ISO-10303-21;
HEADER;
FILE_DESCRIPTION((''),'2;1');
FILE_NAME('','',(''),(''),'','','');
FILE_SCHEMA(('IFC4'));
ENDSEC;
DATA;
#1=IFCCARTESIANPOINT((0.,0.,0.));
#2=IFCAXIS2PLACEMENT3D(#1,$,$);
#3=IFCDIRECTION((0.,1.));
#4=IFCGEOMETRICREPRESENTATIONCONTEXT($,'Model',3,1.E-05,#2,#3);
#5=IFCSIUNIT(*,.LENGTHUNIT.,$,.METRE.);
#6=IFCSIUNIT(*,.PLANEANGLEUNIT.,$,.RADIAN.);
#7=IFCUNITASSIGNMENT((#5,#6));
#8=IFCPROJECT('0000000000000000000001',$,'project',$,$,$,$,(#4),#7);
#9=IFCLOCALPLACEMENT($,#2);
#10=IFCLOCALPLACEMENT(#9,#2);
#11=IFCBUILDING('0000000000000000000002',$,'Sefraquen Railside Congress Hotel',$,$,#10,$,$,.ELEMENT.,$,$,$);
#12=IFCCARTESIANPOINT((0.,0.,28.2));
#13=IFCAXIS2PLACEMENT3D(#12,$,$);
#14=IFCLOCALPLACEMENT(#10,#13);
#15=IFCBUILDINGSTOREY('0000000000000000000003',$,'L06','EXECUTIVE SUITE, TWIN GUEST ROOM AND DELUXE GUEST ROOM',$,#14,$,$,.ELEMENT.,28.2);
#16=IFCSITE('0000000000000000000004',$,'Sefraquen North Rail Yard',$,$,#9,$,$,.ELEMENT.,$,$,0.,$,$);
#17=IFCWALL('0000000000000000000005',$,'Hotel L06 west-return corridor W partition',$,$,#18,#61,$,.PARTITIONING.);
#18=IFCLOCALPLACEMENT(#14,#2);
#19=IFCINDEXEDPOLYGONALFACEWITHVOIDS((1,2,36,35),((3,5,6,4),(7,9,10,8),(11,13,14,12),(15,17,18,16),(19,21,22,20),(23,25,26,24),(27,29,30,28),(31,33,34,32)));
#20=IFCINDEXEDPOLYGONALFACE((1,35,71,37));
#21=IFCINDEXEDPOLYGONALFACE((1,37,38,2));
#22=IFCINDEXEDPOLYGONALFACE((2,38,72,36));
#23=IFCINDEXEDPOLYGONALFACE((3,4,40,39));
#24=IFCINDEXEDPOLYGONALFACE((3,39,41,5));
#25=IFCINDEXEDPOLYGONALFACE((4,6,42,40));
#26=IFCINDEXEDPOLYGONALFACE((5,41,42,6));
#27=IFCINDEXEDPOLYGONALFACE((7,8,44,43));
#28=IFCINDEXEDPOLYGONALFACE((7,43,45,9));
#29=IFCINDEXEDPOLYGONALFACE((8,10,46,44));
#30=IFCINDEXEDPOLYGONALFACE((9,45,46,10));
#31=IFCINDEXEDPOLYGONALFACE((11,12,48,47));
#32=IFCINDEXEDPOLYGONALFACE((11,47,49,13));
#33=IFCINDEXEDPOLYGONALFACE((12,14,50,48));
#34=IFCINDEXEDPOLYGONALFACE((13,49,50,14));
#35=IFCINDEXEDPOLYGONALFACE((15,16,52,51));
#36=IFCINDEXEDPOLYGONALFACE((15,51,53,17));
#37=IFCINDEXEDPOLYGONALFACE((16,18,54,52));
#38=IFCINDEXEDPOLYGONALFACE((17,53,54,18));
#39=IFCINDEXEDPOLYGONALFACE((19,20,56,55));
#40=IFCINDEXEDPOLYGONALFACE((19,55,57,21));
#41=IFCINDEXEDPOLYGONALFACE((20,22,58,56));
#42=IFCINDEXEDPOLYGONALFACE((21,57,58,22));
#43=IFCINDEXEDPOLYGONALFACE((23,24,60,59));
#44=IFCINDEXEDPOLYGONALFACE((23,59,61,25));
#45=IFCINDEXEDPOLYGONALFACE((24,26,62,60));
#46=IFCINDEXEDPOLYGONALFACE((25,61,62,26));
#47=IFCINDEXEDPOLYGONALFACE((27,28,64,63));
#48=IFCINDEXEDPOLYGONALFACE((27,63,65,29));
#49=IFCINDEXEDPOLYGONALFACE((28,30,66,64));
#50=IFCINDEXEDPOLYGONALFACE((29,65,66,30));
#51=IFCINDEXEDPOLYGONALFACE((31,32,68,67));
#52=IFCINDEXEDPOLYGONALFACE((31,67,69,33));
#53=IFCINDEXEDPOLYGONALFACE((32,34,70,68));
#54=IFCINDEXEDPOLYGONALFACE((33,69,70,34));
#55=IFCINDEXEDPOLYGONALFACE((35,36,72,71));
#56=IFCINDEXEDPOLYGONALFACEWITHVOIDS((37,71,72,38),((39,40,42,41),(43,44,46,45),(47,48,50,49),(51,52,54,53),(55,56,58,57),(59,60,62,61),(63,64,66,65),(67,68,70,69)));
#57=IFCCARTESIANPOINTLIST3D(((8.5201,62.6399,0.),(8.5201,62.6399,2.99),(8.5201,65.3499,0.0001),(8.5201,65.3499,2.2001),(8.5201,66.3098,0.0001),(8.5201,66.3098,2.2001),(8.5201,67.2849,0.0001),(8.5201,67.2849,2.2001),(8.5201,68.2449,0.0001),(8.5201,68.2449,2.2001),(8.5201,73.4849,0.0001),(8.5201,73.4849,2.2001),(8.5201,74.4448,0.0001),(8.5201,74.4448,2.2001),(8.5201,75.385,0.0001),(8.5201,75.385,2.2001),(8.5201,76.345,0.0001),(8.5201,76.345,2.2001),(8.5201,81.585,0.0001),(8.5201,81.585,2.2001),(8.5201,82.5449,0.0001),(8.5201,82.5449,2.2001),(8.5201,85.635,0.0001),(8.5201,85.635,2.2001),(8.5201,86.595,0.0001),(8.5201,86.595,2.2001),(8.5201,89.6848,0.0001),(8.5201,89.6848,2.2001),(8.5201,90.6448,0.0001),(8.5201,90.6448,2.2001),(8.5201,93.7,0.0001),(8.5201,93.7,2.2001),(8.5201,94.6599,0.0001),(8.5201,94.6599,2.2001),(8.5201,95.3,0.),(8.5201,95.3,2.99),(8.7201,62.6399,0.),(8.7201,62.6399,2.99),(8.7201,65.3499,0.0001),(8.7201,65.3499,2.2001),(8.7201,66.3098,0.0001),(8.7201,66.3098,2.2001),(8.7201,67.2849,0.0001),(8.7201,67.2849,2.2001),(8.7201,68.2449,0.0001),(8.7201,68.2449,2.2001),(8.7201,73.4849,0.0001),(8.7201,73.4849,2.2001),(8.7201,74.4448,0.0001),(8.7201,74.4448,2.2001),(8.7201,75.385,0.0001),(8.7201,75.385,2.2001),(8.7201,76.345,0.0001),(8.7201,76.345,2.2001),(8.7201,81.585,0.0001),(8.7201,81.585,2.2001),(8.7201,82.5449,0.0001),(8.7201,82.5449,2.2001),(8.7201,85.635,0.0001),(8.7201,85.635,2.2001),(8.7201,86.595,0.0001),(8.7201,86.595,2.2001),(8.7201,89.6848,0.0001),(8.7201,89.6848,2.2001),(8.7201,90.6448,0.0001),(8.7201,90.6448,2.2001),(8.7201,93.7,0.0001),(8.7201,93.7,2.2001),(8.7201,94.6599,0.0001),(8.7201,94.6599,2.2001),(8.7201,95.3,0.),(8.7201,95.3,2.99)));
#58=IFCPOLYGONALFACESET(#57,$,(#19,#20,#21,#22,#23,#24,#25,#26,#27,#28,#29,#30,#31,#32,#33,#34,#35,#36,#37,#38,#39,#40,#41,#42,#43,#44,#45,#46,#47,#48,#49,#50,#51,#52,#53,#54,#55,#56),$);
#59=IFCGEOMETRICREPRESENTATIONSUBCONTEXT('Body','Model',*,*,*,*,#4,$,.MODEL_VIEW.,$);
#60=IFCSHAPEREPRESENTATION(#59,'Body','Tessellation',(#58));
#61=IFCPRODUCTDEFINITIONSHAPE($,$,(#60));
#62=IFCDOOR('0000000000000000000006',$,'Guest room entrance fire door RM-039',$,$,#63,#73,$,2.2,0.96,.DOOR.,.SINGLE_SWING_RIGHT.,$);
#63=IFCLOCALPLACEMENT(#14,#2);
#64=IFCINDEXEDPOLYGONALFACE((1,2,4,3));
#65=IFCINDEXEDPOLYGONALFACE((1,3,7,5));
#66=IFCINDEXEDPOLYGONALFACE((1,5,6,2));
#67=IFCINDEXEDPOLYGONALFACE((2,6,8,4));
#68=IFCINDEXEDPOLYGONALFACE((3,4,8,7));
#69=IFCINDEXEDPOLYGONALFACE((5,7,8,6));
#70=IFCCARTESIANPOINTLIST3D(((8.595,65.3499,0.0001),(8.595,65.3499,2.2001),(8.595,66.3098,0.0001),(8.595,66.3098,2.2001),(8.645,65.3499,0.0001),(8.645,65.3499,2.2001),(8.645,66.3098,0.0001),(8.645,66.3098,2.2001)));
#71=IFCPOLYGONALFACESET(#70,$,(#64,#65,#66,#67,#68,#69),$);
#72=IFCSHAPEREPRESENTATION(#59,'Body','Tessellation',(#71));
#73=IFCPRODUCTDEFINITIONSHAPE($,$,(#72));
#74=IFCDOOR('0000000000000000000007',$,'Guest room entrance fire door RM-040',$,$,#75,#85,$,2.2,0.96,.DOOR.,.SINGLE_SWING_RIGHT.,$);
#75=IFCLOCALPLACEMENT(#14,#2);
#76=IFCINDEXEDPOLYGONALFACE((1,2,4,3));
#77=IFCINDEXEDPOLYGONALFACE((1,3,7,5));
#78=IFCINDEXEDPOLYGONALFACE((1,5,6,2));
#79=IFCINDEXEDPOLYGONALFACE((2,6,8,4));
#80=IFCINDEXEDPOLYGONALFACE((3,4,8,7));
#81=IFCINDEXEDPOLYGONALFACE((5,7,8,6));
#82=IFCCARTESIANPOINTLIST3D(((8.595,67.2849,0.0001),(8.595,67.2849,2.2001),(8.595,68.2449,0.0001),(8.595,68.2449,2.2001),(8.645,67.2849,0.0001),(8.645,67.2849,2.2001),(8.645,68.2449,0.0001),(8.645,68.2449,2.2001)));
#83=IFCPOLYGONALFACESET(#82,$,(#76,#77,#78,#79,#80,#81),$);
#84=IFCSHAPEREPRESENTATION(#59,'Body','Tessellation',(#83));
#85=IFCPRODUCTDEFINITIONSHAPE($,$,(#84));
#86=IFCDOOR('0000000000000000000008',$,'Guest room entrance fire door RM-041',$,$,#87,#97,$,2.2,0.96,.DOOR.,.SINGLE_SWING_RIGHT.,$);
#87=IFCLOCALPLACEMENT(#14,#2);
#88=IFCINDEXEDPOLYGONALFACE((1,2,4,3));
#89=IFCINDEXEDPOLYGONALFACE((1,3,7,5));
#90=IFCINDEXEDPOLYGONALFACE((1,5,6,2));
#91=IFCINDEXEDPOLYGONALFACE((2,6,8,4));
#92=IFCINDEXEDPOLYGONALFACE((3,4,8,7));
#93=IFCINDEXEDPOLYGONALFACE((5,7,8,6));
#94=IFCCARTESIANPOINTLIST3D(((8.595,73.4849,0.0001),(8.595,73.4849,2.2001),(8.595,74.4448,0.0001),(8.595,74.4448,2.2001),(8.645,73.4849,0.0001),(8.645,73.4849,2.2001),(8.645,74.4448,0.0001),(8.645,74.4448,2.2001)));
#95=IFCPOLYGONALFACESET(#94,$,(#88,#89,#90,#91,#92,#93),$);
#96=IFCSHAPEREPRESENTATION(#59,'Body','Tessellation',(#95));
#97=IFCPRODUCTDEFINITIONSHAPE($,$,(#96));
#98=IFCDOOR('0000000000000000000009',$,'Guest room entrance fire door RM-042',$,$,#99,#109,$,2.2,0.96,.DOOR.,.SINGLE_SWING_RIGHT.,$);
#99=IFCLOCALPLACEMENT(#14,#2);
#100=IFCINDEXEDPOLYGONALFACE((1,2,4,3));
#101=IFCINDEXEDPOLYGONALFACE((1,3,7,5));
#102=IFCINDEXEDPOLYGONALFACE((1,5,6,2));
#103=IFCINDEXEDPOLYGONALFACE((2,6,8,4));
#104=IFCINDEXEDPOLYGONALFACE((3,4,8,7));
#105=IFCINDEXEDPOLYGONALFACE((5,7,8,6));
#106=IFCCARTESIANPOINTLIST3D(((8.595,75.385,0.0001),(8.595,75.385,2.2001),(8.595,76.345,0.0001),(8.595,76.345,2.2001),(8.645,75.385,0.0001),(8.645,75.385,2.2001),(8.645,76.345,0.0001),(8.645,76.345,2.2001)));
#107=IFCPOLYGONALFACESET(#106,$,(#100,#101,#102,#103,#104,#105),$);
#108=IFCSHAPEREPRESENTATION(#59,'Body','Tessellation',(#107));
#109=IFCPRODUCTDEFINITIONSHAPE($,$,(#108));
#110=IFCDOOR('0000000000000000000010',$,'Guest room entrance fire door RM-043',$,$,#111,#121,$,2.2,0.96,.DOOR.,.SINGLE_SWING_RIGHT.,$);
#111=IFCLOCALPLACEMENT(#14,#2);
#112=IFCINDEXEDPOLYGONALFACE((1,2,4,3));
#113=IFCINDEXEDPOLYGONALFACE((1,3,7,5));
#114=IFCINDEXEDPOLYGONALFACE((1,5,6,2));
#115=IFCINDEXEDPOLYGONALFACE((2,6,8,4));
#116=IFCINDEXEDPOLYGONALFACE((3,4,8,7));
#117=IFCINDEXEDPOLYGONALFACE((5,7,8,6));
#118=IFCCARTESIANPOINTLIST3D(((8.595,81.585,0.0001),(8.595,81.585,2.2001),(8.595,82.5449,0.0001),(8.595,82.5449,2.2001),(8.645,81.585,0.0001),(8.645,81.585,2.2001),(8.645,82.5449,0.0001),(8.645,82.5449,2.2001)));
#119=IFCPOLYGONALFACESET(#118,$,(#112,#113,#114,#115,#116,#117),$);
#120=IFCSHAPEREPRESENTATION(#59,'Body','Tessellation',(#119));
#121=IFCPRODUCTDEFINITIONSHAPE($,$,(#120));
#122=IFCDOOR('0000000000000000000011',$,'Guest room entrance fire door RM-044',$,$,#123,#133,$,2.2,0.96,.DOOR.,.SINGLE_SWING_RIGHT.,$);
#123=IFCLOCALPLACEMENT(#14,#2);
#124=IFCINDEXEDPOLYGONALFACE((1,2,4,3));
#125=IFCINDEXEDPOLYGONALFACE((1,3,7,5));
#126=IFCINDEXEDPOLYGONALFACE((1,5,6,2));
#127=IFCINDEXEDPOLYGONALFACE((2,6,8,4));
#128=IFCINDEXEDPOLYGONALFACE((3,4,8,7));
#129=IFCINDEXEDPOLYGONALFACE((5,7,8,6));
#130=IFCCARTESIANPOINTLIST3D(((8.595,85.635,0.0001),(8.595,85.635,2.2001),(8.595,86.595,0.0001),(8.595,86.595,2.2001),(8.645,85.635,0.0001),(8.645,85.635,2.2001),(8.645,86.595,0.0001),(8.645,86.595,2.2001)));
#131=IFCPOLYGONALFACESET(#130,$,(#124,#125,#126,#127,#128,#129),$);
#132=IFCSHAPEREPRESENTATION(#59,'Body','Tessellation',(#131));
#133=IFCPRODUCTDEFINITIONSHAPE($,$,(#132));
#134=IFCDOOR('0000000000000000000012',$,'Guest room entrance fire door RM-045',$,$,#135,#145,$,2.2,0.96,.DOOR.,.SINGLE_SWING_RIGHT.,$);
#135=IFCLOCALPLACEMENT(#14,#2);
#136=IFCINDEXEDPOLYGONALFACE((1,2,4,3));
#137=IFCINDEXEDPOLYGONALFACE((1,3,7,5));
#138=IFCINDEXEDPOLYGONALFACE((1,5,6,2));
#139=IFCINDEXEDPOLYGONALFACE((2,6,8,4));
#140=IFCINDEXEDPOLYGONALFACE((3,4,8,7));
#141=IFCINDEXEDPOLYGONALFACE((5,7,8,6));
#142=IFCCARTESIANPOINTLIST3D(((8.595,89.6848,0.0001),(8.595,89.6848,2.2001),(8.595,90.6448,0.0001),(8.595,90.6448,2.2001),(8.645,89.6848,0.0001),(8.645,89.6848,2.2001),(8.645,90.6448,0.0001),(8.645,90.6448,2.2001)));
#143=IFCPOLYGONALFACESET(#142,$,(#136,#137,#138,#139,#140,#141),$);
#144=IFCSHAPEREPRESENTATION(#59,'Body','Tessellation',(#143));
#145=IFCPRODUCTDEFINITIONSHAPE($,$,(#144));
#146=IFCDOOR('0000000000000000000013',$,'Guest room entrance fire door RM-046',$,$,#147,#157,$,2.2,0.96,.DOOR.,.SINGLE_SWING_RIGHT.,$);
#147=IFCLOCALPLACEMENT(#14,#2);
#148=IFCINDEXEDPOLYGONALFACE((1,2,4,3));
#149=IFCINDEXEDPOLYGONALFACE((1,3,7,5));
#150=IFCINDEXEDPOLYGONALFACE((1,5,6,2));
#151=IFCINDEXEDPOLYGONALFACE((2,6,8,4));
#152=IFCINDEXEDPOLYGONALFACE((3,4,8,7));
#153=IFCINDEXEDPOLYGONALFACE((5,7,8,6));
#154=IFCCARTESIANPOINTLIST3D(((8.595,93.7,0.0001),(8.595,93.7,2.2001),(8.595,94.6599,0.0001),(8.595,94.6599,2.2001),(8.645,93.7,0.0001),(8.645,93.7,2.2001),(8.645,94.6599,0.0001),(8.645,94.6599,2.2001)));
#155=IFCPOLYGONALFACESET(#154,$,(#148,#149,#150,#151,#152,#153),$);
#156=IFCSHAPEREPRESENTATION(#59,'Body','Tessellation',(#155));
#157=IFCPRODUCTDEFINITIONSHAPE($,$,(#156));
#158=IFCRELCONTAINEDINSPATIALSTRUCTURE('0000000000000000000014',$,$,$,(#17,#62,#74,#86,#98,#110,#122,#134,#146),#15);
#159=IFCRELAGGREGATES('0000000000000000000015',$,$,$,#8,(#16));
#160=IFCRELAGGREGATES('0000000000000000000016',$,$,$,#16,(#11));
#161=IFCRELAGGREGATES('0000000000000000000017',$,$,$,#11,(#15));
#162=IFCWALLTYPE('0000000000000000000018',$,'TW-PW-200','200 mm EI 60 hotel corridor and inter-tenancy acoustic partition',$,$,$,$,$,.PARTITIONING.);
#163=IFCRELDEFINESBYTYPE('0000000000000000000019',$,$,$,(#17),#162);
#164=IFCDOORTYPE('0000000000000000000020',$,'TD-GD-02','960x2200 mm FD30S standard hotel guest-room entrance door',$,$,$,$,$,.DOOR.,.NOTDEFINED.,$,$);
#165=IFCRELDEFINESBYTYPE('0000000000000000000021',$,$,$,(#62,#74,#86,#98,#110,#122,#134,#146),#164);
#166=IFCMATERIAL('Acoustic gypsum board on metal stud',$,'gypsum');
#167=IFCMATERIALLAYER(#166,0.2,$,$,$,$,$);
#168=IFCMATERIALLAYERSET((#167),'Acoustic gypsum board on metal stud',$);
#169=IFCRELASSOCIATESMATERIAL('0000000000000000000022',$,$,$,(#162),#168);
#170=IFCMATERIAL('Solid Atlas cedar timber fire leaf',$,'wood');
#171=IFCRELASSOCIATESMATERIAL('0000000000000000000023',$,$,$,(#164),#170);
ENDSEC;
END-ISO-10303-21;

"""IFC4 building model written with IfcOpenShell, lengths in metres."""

from ifc_helpers import new_model, si_unit, direction, frame, frame_2d, origin, place, context, subcontext, project, spatial, rectangle, extrude, material, layer, layer_set, type_object, element, fill, save


model = new_model("IFC4")

# Units and contexts
model_context = context("Model", 3, precision=1e-05, world=origin(), true_north=direction((0.0, 1.0)))
body_context = subcontext(model_context, "Body", "Model", "MODEL_VIEW")
ifc_project = project(units=[si_unit("LENGTHUNIT", "METRE"), si_unit("PLANEANGLEUNIT", "RADIAN")], contexts=[model_context])

# Site, building, storey
site_placement = place(None, origin())
site = spatial("IfcSite", under=ifc_project, at=site_placement, Name="Sefraquen North Rail Yard", CompositionType="ELEMENT", RefElevation=0.0)
building_placement = place(site_placement, origin())
building = spatial("IfcBuilding", under=site, at=building_placement, Name="Sefraquen Railside Congress Hotel", CompositionType="ELEMENT")
storey_placement = place(building_placement, frame((0.0, 0.0, 28.2)))
storey = spatial("IfcBuildingStorey", under=building, at=storey_placement, Name="L06", Description="EXECUTIVE SUITE, TWIN GUEST ROOM AND DELUXE GUEST ROOM", CompositionType="ELEMENT", Elevation=28.2)

# Wall, openings, doors
ifc_material_1 = material(Name="Acoustic gypsum board on metal stud", Category="gypsum")
ifc_layer_1 = layer(ifc_material_1, 0.2)
ifc_layer_set_1 = layer_set([ifc_layer_1], Name="Acoustic gypsum board on metal stud")
wall_type_1 = type_object("IfcWallType", Name="TW-PW-200", Description="200 mm EI 60 hotel corridor and inter-tenancy acoustic partition", PredefinedType="PARTITIONING", material=ifc_layer_set_1)
wall_1_placement = place(storey_placement, frame((8.6201, 62.6399, 0.0), z_axis=(0.0, 0.0, 1.0), x_axis=(0.0, 1.0, 0.0)))
wall_1 = element("IfcWall", 1, at=wall_1_placement, inside=storey, type_object=wall_type_1, Name="Hotel L06 west-return corridor W partition", PredefinedType="PARTITIONING", context=body_context, shape_type="SweptSolid", body=[
    extrude(rectangle(XDim=32.6602, YDim=0.2, at=frame_2d((16.3301, 0.0))), origin(), (0.0, 0.0, 1.0), 2.99),
])
opening_1_placement = place(wall_1_placement, frame((2.71, 0.0, 0.0)))
opening_1 = element("IfcOpeningElement", 2, at=opening_1_placement, cuts=wall_1, PredefinedType="OPENING", context=body_context, shape_type="SweptSolid", body=[
    extrude(rectangle(XDim=0.96, YDim=2.2, at=frame_2d((0.48, 1.1001))), frame((0.0, 0.1099, 0.0), z_axis=(0.0, -1.0, 0.0), x_axis=(1.0, 0.0, 0.0)), (0.0, 0.0, 1.0), 0.22),
])
opening_2_placement = place(wall_1_placement, frame((4.645, 0.0, 0.0)))
opening_2 = element("IfcOpeningElement", 3, at=opening_2_placement, cuts=wall_1, PredefinedType="OPENING", context=body_context, shape_type="SweptSolid", body=[
    extrude(rectangle(XDim=0.96, YDim=2.2, at=frame_2d((0.48, 1.1001))), frame((0.0, 0.1099, 0.0), z_axis=(0.0, -1.0, 0.0), x_axis=(1.0, 0.0, 0.0)), (0.0, 0.0, 1.0), 0.22),
])
opening_3_placement = place(wall_1_placement, frame((10.845, 0.0, 0.0)))
opening_3 = element("IfcOpeningElement", 4, at=opening_3_placement, cuts=wall_1, PredefinedType="OPENING", context=body_context, shape_type="SweptSolid", body=[
    extrude(rectangle(XDim=0.96, YDim=2.2, at=frame_2d((0.48, 1.1001))), frame((0.0, 0.1099, 0.0), z_axis=(0.0, -1.0, 0.0), x_axis=(1.0, 0.0, 0.0)), (0.0, 0.0, 1.0), 0.22),
])
opening_4_placement = place(wall_1_placement, frame((12.7451, 0.0, 0.0)))
opening_4 = element("IfcOpeningElement", 5, at=opening_4_placement, cuts=wall_1, PredefinedType="OPENING", context=body_context, shape_type="SweptSolid", body=[
    extrude(rectangle(XDim=0.96, YDim=2.2, at=frame_2d((0.48, 1.1001))), frame((0.0, 0.1099, 0.0), z_axis=(0.0, -1.0, 0.0), x_axis=(1.0, 0.0, 0.0)), (0.0, 0.0, 1.0), 0.22),
])
opening_5_placement = place(wall_1_placement, frame((18.9451, 0.0, 0.0)))
opening_5 = element("IfcOpeningElement", 6, at=opening_5_placement, cuts=wall_1, PredefinedType="OPENING", context=body_context, shape_type="SweptSolid", body=[
    extrude(rectangle(XDim=0.96, YDim=2.2, at=frame_2d((0.48, 1.1001))), frame((0.0, 0.1099, 0.0), z_axis=(0.0, -1.0, 0.0), x_axis=(1.0, 0.0, 0.0)), (0.0, 0.0, 1.0), 0.22),
])
opening_6_placement = place(wall_1_placement, frame((22.9951, 0.0, 0.0)))
opening_6 = element("IfcOpeningElement", 7, at=opening_6_placement, cuts=wall_1, PredefinedType="OPENING", context=body_context, shape_type="SweptSolid", body=[
    extrude(rectangle(XDim=0.96, YDim=2.2, at=frame_2d((0.48, 1.1001))), frame((0.0, 0.1099, 0.0), z_axis=(0.0, -1.0, 0.0), x_axis=(1.0, 0.0, 0.0)), (0.0, 0.0, 1.0), 0.22),
])
opening_7_placement = place(wall_1_placement, frame((27.0449, 0.0, 0.0)))
opening_7 = element("IfcOpeningElement", 8, at=opening_7_placement, cuts=wall_1, PredefinedType="OPENING", context=body_context, shape_type="SweptSolid", body=[
    extrude(rectangle(XDim=0.96, YDim=2.2, at=frame_2d((0.48, 1.1001))), frame((0.0, 0.1099, 0.0), z_axis=(0.0, -1.0, 0.0), x_axis=(1.0, 0.0, 0.0)), (0.0, 0.0, 1.0), 0.22),
])
opening_8_placement = place(wall_1_placement, frame((31.0601, 0.0, 0.0)))
opening_8 = element("IfcOpeningElement", 9, at=opening_8_placement, cuts=wall_1, PredefinedType="OPENING", context=body_context, shape_type="SweptSolid", body=[
    extrude(rectangle(XDim=0.96, YDim=2.2, at=frame_2d((0.48, 1.1001))), frame((0.0, 0.1099, 0.0), z_axis=(0.0, -1.0, 0.0), x_axis=(1.0, 0.0, 0.0)), (0.0, 0.0, 1.0), 0.22),
])
ifc_material_2 = material(Name="Solid Atlas cedar timber fire leaf", Category="wood")
door_type_1 = type_object("IfcDoorType", Name="TD-GD-02", Description="960x2200 mm FD30S standard hotel guest-room entrance door", OperationType="NOTDEFINED", PredefinedType="DOOR", material=ifc_material_2)
door_1_placement = place(opening_1_placement, frame((0.96, 0.0, 0.0), z_axis=(0.0, 0.0, 1.0), x_axis=(-1.0, 0.0, 0.0)))
door_1 = element("IfcDoor", 10, at=door_1_placement, inside=storey, type_object=door_type_1, Name="Guest room entrance fire door RM-039", OperationType="SINGLE_SWING_RIGHT", OverallHeight=2.2, OverallWidth=0.96, PredefinedType="DOOR", context=body_context, shape_type="SweptSolid", body=[
    extrude(rectangle(XDim=0.96, YDim=2.2, at=frame_2d((0.48, 1.1001))), frame((0.0, 0.0249, 0.0), z_axis=(0.0, -1.0, 0.0), x_axis=(1.0, 0.0, 0.0)), (0.0, 0.0, 1.0), 0.05),
])
fill(opening_1, door_1)
door_2_placement = place(opening_2_placement, frame((0.96, 0.0, 0.0), z_axis=(0.0, 0.0, 1.0), x_axis=(-1.0, 0.0, 0.0)))
door_2 = element("IfcDoor", 11, at=door_2_placement, inside=storey, type_object=door_type_1, Name="Guest room entrance fire door RM-040", OperationType="SINGLE_SWING_RIGHT", OverallHeight=2.2, OverallWidth=0.96, PredefinedType="DOOR", context=body_context, shape_type="SweptSolid", body=[
    extrude(rectangle(XDim=0.96, YDim=2.2, at=frame_2d((0.48, 1.1001))), frame((0.0, 0.0249, 0.0), z_axis=(0.0, -1.0, 0.0), x_axis=(1.0, 0.0, 0.0)), (0.0, 0.0, 1.0), 0.05),
])
fill(opening_2, door_2)
door_3_placement = place(opening_3_placement, frame((0.96, 0.0, 0.0), z_axis=(0.0, 0.0, 1.0), x_axis=(-1.0, 0.0, 0.0)))
door_3 = element("IfcDoor", 12, at=door_3_placement, inside=storey, type_object=door_type_1, Name="Guest room entrance fire door RM-041", OperationType="SINGLE_SWING_RIGHT", OverallHeight=2.2, OverallWidth=0.96, PredefinedType="DOOR", context=body_context, shape_type="SweptSolid", body=[
    extrude(rectangle(XDim=0.96, YDim=2.2, at=frame_2d((0.48, 1.1001))), frame((0.0, 0.0249, 0.0), z_axis=(0.0, -1.0, 0.0), x_axis=(1.0, 0.0, 0.0)), (0.0, 0.0, 1.0), 0.05),
])
fill(opening_3, door_3)
door_4_placement = place(opening_4_placement, frame((0.96, 0.0, 0.0), z_axis=(0.0, 0.0, 1.0), x_axis=(-1.0, 0.0, 0.0)))
door_4 = element("IfcDoor", 13, at=door_4_placement, inside=storey, type_object=door_type_1, Name="Guest room entrance fire door RM-042", OperationType="SINGLE_SWING_RIGHT", OverallHeight=2.2, OverallWidth=0.96, PredefinedType="DOOR", context=body_context, shape_type="SweptSolid", body=[
    extrude(rectangle(XDim=0.96, YDim=2.2, at=frame_2d((0.48, 1.1001))), frame((0.0, 0.0249, 0.0), z_axis=(0.0, -1.0, 0.0), x_axis=(1.0, 0.0, 0.0)), (0.0, 0.0, 1.0), 0.05),
])
fill(opening_4, door_4)
door_5_placement = place(opening_5_placement, frame((0.96, 0.0, 0.0), z_axis=(0.0, 0.0, 1.0), x_axis=(-1.0, 0.0, 0.0)))
door_5 = element("IfcDoor", 14, at=door_5_placement, inside=storey, type_object=door_type_1, Name="Guest room entrance fire door RM-043", OperationType="SINGLE_SWING_RIGHT", OverallHeight=2.2, OverallWidth=0.96, PredefinedType="DOOR", context=body_context, shape_type="SweptSolid", body=[
    extrude(rectangle(XDim=0.96, YDim=2.2, at=frame_2d((0.48, 1.1001))), frame((0.0, 0.0249, 0.0), z_axis=(0.0, -1.0, 0.0), x_axis=(1.0, 0.0, 0.0)), (0.0, 0.0, 1.0), 0.05),
])
fill(opening_5, door_5)
door_6_placement = place(opening_6_placement, frame((0.96, 0.0, 0.0), z_axis=(0.0, 0.0, 1.0), x_axis=(-1.0, 0.0, 0.0)))
door_6 = element("IfcDoor", 15, at=door_6_placement, inside=storey, type_object=door_type_1, Name="Guest room entrance fire door RM-044", OperationType="SINGLE_SWING_RIGHT", OverallHeight=2.2, OverallWidth=0.96, PredefinedType="DOOR", context=body_context, shape_type="SweptSolid", body=[
    extrude(rectangle(XDim=0.96, YDim=2.2, at=frame_2d((0.48, 1.1001))), frame((0.0, 0.0249, 0.0), z_axis=(0.0, -1.0, 0.0), x_axis=(1.0, 0.0, 0.0)), (0.0, 0.0, 1.0), 0.05),
])
fill(opening_6, door_6)
door_7_placement = place(opening_7_placement, frame((0.96, 0.0, 0.0), z_axis=(0.0, 0.0, 1.0), x_axis=(-1.0, 0.0, 0.0)))
door_7 = element("IfcDoor", 16, at=door_7_placement, inside=storey, type_object=door_type_1, Name="Guest room entrance fire door RM-045", OperationType="SINGLE_SWING_RIGHT", OverallHeight=2.2, OverallWidth=0.96, PredefinedType="DOOR", context=body_context, shape_type="SweptSolid", body=[
    extrude(rectangle(XDim=0.96, YDim=2.2, at=frame_2d((0.48, 1.1001))), frame((0.0, 0.0249, 0.0), z_axis=(0.0, -1.0, 0.0), x_axis=(1.0, 0.0, 0.0)), (0.0, 0.0, 1.0), 0.05),
])
fill(opening_7, door_7)
door_8_placement = place(opening_8_placement, frame((0.96, 0.0, 0.0), z_axis=(0.0, 0.0, 1.0), x_axis=(-1.0, 0.0, 0.0)))
door_8 = element("IfcDoor", 17, at=door_8_placement, inside=storey, type_object=door_type_1, Name="Guest room entrance fire door RM-046", OperationType="SINGLE_SWING_RIGHT", OverallHeight=2.2, OverallWidth=0.96, PredefinedType="DOOR", context=body_context, shape_type="SweptSolid", body=[
    extrude(rectangle(XDim=0.96, YDim=2.2, at=frame_2d((0.48, 1.1001))), frame((0.0, 0.0249, 0.0), z_axis=(0.0, -1.0, 0.0), x_axis=(1.0, 0.0, 0.0)), (0.0, 0.0, 1.0), 0.05),
])
fill(opening_8, door_8)

save(model, "model.ifc")
